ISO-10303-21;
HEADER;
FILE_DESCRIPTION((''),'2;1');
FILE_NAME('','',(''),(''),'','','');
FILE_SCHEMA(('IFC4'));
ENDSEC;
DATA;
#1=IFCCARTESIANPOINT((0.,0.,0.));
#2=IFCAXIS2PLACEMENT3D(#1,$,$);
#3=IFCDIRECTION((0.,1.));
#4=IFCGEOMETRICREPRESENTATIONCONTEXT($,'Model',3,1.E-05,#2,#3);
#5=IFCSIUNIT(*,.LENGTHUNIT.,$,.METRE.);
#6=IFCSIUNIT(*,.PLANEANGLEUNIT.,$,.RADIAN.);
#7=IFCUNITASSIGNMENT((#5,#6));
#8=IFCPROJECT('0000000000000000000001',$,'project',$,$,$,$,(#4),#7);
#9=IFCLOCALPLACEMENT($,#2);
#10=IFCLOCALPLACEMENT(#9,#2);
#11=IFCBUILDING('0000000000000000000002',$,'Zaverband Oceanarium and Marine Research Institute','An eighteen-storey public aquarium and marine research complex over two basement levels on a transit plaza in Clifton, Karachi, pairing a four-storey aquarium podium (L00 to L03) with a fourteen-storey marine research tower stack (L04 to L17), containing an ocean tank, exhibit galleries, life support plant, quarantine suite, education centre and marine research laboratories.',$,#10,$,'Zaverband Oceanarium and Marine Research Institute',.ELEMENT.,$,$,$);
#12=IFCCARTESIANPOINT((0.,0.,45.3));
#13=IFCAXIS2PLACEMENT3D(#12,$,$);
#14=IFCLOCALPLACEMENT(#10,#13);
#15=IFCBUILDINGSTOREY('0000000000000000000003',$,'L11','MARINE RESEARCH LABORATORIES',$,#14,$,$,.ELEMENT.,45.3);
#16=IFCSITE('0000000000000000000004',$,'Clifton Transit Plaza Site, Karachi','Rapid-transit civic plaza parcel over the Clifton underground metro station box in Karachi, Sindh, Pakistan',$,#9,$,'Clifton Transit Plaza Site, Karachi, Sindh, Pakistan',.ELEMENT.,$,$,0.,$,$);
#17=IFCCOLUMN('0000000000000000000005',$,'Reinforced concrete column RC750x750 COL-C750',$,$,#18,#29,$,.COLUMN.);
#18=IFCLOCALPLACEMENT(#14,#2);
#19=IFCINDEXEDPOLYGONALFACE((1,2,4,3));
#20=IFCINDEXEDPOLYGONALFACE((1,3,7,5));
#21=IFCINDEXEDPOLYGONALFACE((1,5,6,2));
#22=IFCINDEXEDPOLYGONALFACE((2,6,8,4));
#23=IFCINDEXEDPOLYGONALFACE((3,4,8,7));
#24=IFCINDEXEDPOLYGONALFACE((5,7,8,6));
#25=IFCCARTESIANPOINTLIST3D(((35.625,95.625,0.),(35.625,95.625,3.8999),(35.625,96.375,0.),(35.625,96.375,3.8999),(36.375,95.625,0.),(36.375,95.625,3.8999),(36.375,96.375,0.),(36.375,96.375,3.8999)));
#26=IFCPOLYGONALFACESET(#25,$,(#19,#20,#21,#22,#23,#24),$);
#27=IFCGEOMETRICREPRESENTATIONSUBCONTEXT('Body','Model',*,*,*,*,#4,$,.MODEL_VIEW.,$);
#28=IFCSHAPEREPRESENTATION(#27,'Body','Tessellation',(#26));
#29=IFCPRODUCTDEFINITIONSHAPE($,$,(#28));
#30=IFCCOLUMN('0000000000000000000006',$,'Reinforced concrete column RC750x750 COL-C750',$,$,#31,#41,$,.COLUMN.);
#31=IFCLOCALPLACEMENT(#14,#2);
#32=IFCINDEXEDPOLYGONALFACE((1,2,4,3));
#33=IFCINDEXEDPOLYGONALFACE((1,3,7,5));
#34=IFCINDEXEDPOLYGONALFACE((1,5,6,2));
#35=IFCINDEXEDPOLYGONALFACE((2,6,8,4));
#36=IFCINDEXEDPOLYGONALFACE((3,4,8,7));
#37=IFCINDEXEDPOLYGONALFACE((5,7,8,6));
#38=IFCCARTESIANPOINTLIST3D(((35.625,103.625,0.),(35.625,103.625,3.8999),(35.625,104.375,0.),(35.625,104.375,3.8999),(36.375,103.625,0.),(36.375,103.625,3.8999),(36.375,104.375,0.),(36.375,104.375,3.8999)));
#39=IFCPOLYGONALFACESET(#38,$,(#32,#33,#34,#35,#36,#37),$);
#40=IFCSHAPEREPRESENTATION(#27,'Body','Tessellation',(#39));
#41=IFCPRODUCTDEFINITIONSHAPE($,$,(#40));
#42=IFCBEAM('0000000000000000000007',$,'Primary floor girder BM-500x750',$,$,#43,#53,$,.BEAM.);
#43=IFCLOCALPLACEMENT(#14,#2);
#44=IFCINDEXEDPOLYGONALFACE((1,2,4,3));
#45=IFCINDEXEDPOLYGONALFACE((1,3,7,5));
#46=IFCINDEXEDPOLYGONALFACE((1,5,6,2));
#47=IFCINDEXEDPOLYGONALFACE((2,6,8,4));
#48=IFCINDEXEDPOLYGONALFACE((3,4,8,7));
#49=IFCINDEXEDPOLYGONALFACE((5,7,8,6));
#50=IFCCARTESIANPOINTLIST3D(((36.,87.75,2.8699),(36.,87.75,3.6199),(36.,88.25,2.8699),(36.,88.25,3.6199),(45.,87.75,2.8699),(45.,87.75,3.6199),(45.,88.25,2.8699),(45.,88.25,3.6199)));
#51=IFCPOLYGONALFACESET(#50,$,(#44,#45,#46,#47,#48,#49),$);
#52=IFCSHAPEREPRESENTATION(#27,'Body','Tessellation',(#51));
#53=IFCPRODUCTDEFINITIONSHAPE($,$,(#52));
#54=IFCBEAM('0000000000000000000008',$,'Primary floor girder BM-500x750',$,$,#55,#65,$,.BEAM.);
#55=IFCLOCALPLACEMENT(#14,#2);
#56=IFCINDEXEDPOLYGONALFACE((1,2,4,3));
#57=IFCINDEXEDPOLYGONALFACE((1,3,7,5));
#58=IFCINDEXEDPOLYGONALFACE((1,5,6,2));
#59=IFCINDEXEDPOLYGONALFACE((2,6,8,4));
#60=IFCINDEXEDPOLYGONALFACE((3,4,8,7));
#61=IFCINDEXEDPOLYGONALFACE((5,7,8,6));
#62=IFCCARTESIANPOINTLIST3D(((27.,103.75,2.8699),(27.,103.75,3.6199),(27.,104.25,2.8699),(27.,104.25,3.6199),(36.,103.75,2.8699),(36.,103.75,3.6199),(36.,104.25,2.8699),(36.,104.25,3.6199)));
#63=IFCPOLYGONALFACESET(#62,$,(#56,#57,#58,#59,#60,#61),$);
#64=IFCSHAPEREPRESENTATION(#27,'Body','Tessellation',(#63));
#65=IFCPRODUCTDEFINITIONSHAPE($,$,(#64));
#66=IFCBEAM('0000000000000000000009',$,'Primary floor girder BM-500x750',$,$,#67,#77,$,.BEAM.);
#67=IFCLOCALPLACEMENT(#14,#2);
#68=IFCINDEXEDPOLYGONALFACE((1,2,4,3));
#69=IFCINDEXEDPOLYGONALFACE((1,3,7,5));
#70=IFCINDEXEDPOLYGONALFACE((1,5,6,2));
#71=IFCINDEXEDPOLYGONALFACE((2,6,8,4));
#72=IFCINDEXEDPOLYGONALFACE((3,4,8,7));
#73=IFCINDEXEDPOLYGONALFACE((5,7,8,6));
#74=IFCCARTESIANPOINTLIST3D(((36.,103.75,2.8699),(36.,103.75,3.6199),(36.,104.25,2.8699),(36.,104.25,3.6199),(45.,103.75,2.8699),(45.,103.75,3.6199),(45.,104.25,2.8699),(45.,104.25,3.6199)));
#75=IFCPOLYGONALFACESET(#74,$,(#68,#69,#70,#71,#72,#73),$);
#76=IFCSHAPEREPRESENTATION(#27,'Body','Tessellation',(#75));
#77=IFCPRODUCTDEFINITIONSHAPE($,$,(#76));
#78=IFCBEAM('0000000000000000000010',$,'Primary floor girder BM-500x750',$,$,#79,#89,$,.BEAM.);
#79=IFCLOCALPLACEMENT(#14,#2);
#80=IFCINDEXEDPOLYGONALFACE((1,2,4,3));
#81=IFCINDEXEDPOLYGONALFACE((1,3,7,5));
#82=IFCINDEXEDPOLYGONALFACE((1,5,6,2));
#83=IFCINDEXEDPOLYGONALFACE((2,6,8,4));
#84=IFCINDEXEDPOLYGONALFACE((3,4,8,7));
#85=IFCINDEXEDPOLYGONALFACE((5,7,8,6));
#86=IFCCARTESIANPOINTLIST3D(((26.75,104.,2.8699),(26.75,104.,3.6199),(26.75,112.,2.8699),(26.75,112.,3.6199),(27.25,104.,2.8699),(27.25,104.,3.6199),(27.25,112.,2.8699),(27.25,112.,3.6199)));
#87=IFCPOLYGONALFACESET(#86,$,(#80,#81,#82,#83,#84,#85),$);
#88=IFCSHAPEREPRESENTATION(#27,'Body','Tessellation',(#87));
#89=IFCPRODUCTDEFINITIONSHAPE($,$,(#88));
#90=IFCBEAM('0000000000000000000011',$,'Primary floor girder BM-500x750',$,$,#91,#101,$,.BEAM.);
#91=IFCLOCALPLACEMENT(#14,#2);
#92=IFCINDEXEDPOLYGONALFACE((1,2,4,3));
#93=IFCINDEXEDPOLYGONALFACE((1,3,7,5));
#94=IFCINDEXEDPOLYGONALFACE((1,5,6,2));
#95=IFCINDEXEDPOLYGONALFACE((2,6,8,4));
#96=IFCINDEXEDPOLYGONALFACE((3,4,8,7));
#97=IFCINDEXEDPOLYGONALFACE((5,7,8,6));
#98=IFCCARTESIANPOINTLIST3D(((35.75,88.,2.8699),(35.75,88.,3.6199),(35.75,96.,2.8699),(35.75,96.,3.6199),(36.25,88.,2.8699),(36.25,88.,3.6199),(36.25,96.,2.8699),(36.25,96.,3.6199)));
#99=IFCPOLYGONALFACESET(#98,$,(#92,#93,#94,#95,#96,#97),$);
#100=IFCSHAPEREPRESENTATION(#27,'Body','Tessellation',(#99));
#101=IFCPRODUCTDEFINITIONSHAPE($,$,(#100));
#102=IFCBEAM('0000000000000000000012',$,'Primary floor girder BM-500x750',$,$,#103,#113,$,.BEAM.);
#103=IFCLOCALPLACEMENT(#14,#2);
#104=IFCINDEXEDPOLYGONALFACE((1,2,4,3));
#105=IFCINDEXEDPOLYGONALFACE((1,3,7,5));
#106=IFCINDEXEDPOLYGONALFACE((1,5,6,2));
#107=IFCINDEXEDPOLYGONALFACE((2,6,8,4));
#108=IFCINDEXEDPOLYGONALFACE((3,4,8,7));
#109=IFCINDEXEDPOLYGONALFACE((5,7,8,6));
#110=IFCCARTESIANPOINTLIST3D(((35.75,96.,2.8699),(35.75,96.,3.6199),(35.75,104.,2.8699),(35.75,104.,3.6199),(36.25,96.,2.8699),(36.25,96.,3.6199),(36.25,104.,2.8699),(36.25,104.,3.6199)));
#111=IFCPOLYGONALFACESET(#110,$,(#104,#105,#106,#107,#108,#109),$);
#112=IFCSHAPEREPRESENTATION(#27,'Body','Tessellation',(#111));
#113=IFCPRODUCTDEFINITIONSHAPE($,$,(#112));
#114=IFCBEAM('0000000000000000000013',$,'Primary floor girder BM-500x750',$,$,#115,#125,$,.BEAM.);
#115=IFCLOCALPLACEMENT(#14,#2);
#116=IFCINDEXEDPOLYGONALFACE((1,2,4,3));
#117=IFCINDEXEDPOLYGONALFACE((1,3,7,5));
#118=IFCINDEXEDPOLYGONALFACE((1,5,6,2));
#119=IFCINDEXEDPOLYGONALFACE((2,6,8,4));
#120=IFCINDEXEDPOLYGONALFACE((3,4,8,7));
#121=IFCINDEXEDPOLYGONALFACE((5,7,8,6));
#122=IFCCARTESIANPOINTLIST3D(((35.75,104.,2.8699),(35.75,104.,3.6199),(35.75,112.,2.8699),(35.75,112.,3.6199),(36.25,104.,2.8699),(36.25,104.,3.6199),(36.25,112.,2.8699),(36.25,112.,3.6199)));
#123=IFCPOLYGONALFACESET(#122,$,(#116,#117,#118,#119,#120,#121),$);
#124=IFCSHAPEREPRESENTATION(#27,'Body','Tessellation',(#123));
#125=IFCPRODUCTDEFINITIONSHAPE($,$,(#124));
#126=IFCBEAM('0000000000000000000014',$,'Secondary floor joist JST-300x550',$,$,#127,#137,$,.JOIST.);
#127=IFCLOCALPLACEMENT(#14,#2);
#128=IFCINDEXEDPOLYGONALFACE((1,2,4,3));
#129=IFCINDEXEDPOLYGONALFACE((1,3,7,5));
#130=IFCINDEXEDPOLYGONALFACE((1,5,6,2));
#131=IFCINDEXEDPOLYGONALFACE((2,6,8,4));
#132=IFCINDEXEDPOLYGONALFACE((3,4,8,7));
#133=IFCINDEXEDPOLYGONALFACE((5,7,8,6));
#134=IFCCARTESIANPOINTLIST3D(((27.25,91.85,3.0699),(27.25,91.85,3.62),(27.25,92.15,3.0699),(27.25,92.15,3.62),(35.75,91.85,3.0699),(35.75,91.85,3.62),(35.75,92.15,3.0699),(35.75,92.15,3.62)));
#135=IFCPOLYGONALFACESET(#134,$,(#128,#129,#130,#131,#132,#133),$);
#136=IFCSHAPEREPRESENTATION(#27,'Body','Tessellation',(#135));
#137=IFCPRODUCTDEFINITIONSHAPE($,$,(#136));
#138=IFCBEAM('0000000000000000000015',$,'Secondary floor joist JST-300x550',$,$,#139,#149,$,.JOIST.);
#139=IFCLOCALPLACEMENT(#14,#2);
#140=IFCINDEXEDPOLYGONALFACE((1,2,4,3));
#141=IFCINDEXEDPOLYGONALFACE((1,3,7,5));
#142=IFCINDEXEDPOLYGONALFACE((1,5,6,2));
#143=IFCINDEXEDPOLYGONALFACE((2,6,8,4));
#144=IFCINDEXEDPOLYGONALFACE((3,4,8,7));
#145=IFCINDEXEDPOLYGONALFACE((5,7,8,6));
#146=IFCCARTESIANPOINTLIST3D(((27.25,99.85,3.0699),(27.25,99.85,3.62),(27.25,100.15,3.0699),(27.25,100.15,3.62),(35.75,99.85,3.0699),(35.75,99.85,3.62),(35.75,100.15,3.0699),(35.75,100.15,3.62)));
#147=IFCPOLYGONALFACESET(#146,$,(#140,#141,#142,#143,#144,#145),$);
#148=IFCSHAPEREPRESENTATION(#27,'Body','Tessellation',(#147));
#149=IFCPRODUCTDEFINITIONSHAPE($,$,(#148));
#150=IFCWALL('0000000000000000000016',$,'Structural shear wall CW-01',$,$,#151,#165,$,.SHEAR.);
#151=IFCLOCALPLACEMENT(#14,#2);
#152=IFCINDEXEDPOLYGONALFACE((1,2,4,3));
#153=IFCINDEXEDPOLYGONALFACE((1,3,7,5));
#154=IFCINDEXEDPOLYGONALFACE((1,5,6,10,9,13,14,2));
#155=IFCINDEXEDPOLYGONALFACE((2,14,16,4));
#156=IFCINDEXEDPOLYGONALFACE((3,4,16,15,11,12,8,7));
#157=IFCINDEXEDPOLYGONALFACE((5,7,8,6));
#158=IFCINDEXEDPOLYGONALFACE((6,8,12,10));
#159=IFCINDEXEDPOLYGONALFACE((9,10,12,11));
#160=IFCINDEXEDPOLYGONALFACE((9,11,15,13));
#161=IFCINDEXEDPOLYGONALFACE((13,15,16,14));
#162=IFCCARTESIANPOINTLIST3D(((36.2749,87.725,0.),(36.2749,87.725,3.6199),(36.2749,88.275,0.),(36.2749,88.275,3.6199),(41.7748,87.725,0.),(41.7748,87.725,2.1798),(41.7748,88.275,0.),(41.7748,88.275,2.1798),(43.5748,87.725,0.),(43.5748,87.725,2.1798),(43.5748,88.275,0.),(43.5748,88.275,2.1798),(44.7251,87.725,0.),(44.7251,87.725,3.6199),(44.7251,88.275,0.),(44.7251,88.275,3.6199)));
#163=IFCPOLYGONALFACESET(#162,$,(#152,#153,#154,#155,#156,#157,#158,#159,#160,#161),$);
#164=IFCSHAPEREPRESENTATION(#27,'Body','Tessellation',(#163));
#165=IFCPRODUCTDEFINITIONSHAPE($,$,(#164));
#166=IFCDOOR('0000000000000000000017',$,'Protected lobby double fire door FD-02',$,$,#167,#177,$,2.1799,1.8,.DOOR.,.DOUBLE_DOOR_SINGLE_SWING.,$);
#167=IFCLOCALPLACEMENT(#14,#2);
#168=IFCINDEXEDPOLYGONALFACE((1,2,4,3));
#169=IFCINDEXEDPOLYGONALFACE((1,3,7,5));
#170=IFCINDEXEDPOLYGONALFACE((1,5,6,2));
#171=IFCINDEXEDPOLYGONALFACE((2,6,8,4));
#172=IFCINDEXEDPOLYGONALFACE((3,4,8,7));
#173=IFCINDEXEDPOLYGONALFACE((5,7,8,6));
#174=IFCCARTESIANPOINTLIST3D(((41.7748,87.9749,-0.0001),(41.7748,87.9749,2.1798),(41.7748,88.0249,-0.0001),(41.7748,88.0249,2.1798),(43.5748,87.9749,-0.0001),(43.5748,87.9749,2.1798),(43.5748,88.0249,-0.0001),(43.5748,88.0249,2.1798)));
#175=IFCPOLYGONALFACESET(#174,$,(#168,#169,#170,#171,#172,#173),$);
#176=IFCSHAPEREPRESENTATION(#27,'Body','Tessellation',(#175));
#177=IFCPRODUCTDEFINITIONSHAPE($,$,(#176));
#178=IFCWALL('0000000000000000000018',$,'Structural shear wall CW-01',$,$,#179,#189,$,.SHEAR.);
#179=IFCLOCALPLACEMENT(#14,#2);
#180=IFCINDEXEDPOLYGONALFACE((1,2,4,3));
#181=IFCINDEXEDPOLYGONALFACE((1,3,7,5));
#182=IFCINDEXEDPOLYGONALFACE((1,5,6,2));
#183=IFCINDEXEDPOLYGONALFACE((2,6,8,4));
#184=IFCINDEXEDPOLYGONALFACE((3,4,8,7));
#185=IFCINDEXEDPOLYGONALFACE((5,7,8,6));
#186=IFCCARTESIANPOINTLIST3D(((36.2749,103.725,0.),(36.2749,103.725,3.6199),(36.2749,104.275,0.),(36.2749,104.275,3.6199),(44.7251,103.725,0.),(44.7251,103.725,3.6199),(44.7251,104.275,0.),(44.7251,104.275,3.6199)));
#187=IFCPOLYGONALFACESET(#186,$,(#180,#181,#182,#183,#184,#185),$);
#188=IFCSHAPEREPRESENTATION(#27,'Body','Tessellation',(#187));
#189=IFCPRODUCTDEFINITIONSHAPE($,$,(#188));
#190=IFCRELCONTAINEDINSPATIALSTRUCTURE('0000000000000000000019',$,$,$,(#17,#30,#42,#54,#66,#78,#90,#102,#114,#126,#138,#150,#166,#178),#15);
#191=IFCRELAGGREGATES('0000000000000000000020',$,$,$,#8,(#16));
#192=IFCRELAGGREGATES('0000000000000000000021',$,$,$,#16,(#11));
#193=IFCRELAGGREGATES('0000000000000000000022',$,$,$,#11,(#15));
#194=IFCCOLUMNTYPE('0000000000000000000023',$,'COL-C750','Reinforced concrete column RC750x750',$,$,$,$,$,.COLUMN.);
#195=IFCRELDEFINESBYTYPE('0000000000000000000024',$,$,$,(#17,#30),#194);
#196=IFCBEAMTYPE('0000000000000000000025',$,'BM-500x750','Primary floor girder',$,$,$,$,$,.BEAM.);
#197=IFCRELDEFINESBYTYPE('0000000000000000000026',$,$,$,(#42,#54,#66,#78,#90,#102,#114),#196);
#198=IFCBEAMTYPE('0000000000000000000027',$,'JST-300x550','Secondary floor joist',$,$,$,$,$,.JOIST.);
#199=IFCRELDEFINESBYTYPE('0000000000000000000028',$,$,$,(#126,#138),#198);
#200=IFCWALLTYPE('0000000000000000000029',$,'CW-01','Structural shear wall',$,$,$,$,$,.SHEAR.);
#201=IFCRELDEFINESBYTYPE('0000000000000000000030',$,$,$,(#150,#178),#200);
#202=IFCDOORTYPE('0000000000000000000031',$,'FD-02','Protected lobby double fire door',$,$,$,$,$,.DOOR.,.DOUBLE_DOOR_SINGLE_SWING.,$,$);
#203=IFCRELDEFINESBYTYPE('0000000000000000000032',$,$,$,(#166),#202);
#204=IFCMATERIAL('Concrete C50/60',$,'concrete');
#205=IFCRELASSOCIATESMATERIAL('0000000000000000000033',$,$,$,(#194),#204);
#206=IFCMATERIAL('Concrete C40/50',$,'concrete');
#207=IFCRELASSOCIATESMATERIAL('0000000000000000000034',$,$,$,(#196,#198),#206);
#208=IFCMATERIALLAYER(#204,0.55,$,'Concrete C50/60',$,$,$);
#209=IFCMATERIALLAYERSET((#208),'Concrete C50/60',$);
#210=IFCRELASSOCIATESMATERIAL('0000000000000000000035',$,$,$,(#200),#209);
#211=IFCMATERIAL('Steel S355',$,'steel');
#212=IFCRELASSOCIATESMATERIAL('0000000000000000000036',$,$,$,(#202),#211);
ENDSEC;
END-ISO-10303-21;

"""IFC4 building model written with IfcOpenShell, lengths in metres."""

from ifc_helpers import new_model, si_unit, direction, frame, frame_2d, origin, origin_2d, place, context, subcontext, project, spatial, rectangle, extrude, material, layer, layer_set, material_profile, profile_set, type_object, element, fill, save


model = new_model("IFC4")

# Units and contexts
model_context = context("Model", 3, precision=1e-05, world=origin(), true_north=direction((0.0, 1.0)))
body_context = subcontext(model_context, "Body", "Model", "MODEL_VIEW")
ifc_project = project(units=[si_unit("LENGTHUNIT", "METRE"), si_unit("PLANEANGLEUNIT", "RADIAN")], contexts=[model_context])

# Site, building, storey
site_placement = place(None, origin())
site = spatial("IfcSite", under=ifc_project, at=site_placement, Name="Clifton Transit Plaza Site, Karachi", Description="Rapid-transit civic plaza parcel over the Clifton underground metro station box in Karachi, Sindh, Pakistan", LongName="Clifton Transit Plaza Site, Karachi, Sindh, Pakistan", CompositionType="ELEMENT", RefElevation=0.0)
building_placement = place(site_placement, origin())
building = spatial("IfcBuilding", under=site, at=building_placement, Name="Zaverband Oceanarium and Marine Research Institute", Description="An eighteen-storey public aquarium and marine research complex over two basement levels on a transit plaza in Clifton, Karachi, pairing a four-storey aquarium podium (L00 to L03) with a fourteen-storey marine research tower stack (L04 to L17), containing an ocean tank, exhibit galleries, life support plant, quarantine suite, education centre and marine research laboratories.", LongName="Zaverband Oceanarium and Marine Research Institute", CompositionType="ELEMENT")
storey_placement = place(building_placement, frame((0.0, 0.0, 45.3)))
storey = spatial("IfcBuildingStorey", under=building, at=storey_placement, Name="L11", Description="MARINE RESEARCH LABORATORIES", CompositionType="ELEMENT", Elevation=45.3)

# Columns
ifc_material_1 = material(Name="Concrete C50/60", Category="concrete")
ifc_material_profile_1 = material_profile(ifc_material_1, rectangle(XDim=0.75, YDim=0.75, at=origin_2d()), Name="RC750x750")
ifc_profile_set_1 = profile_set([ifc_material_profile_1], Name="Concrete C50/60")
column_type = type_object("IfcColumnType", Name="COL-C750", Description="Reinforced concrete column RC750x750", PredefinedType="COLUMN", material=ifc_profile_set_1)
for number, where, z_axis, x_axis, name in (
    (1, (36.0, 96.0, 0.0), (0.0, 0.0, 1.0), (1.0, 0.0, 0.0), "Reinforced concrete column RC750x750 COL-C750"),
    (2, (36.0, 104.0, 0.0), (0.0, 0.0, 1.0), (1.0, 0.0, 0.0), "Reinforced concrete column RC750x750 COL-C750"),
):
    element("IfcColumn", number, at=place(storey_placement, frame(where, z_axis=z_axis, x_axis=x_axis)), inside=storey, type_object=column_type, Name=name, PredefinedType="COLUMN", context=body_context, shape_type="SweptSolid", body=[
        extrude(rectangle(XDim=0.75, YDim=0.75, at=origin_2d()), origin(), (0.0, 0.0, 1.0), 3.8999),
    ])

# Beams
ifc_material_2 = material(Name="Concrete C40/50", Category="concrete")
ifc_material_profile_2 = material_profile(ifc_material_2, rectangle(XDim=0.5, YDim=0.75, at=origin_2d()), Name="RC500x750")
ifc_profile_set_2 = profile_set([ifc_material_profile_2], Name="Concrete C40/50")
beam_type_1 = type_object("IfcBeamType", Name="BM-500x750", Description="Primary floor girder", PredefinedType="BEAM", material=ifc_profile_set_2)
for number, where, z_axis, x_axis, name in (
    (3, (36.0, 88.0, 3.2449), (1.0, 0.0, 0.0), (0.0, 1.0, 0.0), "Primary floor girder BM-500x750"),
    (4, (27.0, 104.0, 3.2449), (1.0, 0.0, 0.0), (0.0, 1.0, 0.0), "Primary floor girder BM-500x750"),
    (5, (36.0, 104.0, 3.2449), (1.0, 0.0, 0.0), (0.0, 1.0, 0.0), "Primary floor girder BM-500x750"),
):
    element("IfcBeam", number, at=place(storey_placement, frame(where, z_axis=z_axis, x_axis=x_axis)), inside=storey, type_object=beam_type_1, Name=name, PredefinedType="BEAM", context=body_context, shape_type="SweptSolid", body=[
        extrude(rectangle(XDim=0.5, YDim=0.75, at=origin_2d()), origin(), (0.0, 0.0, 1.0), 9.0),
    ])
for number, where, z_axis, x_axis, name in (
    (6, (27.0, 104.0, 3.2449), (0.0, 1.0, 0.0), (-1.0, 0.0, 0.0), "Primary floor girder BM-500x750"),
    (7, (36.0, 88.0, 3.2449), (0.0, 1.0, 0.0), (-1.0, 0.0, 0.0), "Primary floor girder BM-500x750"),
    (8, (36.0, 96.0, 3.2449), (0.0, 1.0, 0.0), (-1.0, 0.0, 0.0), "Primary floor girder BM-500x750"),
    (9, (36.0, 104.0, 3.2449), (0.0, 1.0, 0.0), (-1.0, 0.0, 0.0), "Primary floor girder BM-500x750"),
):
    element("IfcBeam", number, at=place(storey_placement, frame(where, z_axis=z_axis, x_axis=x_axis)), inside=storey, type_object=beam_type_1, Name=name, PredefinedType="BEAM", context=body_context, shape_type="SweptSolid", body=[
        extrude(rectangle(XDim=0.5, YDim=0.75, at=origin_2d()), origin(), (0.0, 0.0, 1.0), 8.0),
    ])
ifc_material_profile_3 = material_profile(ifc_material_2, rectangle(XDim=0.3, YDim=0.55, at=origin_2d()), Name="RC300x550")
ifc_profile_set_3 = profile_set([ifc_material_profile_3], Name="Concrete C40/50")
beam_type_2 = type_object("IfcBeamType", Name="JST-300x550", Description="Secondary floor joist", PredefinedType="JOIST", material=ifc_profile_set_3)
for number, where, z_axis, x_axis, name in (
    (10, (27.25, 92.0, 3.345), (1.0, 0.0, 0.0), (0.0, 1.0, 0.0), "Secondary floor joist JST-300x550"),
    (11, (27.25, 100.0, 3.345), (1.0, 0.0, 0.0), (0.0, 1.0, 0.0), "Secondary floor joist JST-300x550"),
):
    element("IfcBeam", number, at=place(storey_placement, frame(where, z_axis=z_axis, x_axis=x_axis)), inside=storey, type_object=beam_type_2, Name=name, PredefinedType="JOIST", context=body_context, shape_type="SweptSolid", body=[
        extrude(rectangle(XDim=0.3, YDim=0.55, at=origin_2d()), origin(), (0.0, 0.0, 1.0), 8.5),
    ])

# Wall, opening, door
ifc_layer_1 = layer(ifc_material_1, 0.55, Name="Concrete C50/60")
ifc_layer_set_1 = layer_set([ifc_layer_1], Name="Concrete C50/60")
wall_type_1 = type_object("IfcWallType", Name="CW-01", Description="Structural shear wall", PredefinedType="SHEAR", material=ifc_layer_set_1)
wall_1_placement = place(storey_placement, frame((36.2749, 88.0, 0.0), z_axis=(0.0, 0.0, 1.0), x_axis=(1.0, 0.0, 0.0)))
wall_1 = element("IfcWall", 12, at=wall_1_placement, inside=storey, type_object=wall_type_1, Name="Structural shear wall CW-01", PredefinedType="SHEAR", context=body_context, shape_type="SweptSolid", body=[
    extrude(rectangle(XDim=8.4502, YDim=0.55, at=frame_2d((4.2251, 0.0))), origin(), (0.0, 0.0, 1.0), 3.6199),
])
opening_1_placement = place(wall_1_placement, frame((5.5, 0.0, 0.0)))
opening_1 = element("IfcOpeningElement", 13, at=opening_1_placement, cuts=wall_1, PredefinedType="OPENING", context=body_context, shape_type="SweptSolid", body=[
    extrude(rectangle(XDim=1.8, YDim=2.1799, at=frame_2d((0.8999, 1.0898))), frame((0.0, 0.2871, 0.0), z_axis=(0.0, -1.0, 0.0), x_axis=(1.0, 0.0, 0.0)), (0.0, 0.0, 1.0), 0.574),
])
ifc_material_3 = material(Name="Steel S355", Category="steel")
door_type_1 = type_object("IfcDoorType", Name="FD-02", Description="Protected lobby double fire door", OperationType="DOUBLE_DOOR_SINGLE_SWING", PredefinedType="DOOR", material=ifc_material_3)
door_1_placement = place(opening_1_placement, origin())
door_1 = element("IfcDoor", 14, at=door_1_placement, inside=storey, type_object=door_type_1, Name="Protected lobby double fire door FD-02", OperationType="DOUBLE_DOOR_SINGLE_SWING", OverallHeight=2.1799, OverallWidth=1.8, PredefinedType="DOOR", context=body_context, shape_type="SweptSolid", body=[
    extrude(rectangle(XDim=1.8, YDim=2.1799, at=frame_2d((0.8999, 1.0898))), frame((0.0, 0.0249, 0.0), z_axis=(0.0, -1.0, 0.0), x_axis=(1.0, 0.0, 0.0)), (0.0, 0.0, 1.0), 0.05),
])
fill(opening_1, door_1)

# Wall
wall_2_placement = place(storey_placement, frame((36.2749, 104.0, 0.0), z_axis=(0.0, 0.0, 1.0), x_axis=(1.0, 0.0, 0.0)))
element("IfcWall", 15, at=wall_2_placement, inside=storey, type_object=wall_type_1, Name="Structural shear wall CW-01", PredefinedType="SHEAR", context=body_context, shape_type="SweptSolid", body=[
    extrude(rectangle(XDim=8.4502, YDim=0.55, at=frame_2d((4.2251, 0.0))), origin(), (0.0, 0.0, 1.0), 3.6199),
])

save(model, "model.ifc")
